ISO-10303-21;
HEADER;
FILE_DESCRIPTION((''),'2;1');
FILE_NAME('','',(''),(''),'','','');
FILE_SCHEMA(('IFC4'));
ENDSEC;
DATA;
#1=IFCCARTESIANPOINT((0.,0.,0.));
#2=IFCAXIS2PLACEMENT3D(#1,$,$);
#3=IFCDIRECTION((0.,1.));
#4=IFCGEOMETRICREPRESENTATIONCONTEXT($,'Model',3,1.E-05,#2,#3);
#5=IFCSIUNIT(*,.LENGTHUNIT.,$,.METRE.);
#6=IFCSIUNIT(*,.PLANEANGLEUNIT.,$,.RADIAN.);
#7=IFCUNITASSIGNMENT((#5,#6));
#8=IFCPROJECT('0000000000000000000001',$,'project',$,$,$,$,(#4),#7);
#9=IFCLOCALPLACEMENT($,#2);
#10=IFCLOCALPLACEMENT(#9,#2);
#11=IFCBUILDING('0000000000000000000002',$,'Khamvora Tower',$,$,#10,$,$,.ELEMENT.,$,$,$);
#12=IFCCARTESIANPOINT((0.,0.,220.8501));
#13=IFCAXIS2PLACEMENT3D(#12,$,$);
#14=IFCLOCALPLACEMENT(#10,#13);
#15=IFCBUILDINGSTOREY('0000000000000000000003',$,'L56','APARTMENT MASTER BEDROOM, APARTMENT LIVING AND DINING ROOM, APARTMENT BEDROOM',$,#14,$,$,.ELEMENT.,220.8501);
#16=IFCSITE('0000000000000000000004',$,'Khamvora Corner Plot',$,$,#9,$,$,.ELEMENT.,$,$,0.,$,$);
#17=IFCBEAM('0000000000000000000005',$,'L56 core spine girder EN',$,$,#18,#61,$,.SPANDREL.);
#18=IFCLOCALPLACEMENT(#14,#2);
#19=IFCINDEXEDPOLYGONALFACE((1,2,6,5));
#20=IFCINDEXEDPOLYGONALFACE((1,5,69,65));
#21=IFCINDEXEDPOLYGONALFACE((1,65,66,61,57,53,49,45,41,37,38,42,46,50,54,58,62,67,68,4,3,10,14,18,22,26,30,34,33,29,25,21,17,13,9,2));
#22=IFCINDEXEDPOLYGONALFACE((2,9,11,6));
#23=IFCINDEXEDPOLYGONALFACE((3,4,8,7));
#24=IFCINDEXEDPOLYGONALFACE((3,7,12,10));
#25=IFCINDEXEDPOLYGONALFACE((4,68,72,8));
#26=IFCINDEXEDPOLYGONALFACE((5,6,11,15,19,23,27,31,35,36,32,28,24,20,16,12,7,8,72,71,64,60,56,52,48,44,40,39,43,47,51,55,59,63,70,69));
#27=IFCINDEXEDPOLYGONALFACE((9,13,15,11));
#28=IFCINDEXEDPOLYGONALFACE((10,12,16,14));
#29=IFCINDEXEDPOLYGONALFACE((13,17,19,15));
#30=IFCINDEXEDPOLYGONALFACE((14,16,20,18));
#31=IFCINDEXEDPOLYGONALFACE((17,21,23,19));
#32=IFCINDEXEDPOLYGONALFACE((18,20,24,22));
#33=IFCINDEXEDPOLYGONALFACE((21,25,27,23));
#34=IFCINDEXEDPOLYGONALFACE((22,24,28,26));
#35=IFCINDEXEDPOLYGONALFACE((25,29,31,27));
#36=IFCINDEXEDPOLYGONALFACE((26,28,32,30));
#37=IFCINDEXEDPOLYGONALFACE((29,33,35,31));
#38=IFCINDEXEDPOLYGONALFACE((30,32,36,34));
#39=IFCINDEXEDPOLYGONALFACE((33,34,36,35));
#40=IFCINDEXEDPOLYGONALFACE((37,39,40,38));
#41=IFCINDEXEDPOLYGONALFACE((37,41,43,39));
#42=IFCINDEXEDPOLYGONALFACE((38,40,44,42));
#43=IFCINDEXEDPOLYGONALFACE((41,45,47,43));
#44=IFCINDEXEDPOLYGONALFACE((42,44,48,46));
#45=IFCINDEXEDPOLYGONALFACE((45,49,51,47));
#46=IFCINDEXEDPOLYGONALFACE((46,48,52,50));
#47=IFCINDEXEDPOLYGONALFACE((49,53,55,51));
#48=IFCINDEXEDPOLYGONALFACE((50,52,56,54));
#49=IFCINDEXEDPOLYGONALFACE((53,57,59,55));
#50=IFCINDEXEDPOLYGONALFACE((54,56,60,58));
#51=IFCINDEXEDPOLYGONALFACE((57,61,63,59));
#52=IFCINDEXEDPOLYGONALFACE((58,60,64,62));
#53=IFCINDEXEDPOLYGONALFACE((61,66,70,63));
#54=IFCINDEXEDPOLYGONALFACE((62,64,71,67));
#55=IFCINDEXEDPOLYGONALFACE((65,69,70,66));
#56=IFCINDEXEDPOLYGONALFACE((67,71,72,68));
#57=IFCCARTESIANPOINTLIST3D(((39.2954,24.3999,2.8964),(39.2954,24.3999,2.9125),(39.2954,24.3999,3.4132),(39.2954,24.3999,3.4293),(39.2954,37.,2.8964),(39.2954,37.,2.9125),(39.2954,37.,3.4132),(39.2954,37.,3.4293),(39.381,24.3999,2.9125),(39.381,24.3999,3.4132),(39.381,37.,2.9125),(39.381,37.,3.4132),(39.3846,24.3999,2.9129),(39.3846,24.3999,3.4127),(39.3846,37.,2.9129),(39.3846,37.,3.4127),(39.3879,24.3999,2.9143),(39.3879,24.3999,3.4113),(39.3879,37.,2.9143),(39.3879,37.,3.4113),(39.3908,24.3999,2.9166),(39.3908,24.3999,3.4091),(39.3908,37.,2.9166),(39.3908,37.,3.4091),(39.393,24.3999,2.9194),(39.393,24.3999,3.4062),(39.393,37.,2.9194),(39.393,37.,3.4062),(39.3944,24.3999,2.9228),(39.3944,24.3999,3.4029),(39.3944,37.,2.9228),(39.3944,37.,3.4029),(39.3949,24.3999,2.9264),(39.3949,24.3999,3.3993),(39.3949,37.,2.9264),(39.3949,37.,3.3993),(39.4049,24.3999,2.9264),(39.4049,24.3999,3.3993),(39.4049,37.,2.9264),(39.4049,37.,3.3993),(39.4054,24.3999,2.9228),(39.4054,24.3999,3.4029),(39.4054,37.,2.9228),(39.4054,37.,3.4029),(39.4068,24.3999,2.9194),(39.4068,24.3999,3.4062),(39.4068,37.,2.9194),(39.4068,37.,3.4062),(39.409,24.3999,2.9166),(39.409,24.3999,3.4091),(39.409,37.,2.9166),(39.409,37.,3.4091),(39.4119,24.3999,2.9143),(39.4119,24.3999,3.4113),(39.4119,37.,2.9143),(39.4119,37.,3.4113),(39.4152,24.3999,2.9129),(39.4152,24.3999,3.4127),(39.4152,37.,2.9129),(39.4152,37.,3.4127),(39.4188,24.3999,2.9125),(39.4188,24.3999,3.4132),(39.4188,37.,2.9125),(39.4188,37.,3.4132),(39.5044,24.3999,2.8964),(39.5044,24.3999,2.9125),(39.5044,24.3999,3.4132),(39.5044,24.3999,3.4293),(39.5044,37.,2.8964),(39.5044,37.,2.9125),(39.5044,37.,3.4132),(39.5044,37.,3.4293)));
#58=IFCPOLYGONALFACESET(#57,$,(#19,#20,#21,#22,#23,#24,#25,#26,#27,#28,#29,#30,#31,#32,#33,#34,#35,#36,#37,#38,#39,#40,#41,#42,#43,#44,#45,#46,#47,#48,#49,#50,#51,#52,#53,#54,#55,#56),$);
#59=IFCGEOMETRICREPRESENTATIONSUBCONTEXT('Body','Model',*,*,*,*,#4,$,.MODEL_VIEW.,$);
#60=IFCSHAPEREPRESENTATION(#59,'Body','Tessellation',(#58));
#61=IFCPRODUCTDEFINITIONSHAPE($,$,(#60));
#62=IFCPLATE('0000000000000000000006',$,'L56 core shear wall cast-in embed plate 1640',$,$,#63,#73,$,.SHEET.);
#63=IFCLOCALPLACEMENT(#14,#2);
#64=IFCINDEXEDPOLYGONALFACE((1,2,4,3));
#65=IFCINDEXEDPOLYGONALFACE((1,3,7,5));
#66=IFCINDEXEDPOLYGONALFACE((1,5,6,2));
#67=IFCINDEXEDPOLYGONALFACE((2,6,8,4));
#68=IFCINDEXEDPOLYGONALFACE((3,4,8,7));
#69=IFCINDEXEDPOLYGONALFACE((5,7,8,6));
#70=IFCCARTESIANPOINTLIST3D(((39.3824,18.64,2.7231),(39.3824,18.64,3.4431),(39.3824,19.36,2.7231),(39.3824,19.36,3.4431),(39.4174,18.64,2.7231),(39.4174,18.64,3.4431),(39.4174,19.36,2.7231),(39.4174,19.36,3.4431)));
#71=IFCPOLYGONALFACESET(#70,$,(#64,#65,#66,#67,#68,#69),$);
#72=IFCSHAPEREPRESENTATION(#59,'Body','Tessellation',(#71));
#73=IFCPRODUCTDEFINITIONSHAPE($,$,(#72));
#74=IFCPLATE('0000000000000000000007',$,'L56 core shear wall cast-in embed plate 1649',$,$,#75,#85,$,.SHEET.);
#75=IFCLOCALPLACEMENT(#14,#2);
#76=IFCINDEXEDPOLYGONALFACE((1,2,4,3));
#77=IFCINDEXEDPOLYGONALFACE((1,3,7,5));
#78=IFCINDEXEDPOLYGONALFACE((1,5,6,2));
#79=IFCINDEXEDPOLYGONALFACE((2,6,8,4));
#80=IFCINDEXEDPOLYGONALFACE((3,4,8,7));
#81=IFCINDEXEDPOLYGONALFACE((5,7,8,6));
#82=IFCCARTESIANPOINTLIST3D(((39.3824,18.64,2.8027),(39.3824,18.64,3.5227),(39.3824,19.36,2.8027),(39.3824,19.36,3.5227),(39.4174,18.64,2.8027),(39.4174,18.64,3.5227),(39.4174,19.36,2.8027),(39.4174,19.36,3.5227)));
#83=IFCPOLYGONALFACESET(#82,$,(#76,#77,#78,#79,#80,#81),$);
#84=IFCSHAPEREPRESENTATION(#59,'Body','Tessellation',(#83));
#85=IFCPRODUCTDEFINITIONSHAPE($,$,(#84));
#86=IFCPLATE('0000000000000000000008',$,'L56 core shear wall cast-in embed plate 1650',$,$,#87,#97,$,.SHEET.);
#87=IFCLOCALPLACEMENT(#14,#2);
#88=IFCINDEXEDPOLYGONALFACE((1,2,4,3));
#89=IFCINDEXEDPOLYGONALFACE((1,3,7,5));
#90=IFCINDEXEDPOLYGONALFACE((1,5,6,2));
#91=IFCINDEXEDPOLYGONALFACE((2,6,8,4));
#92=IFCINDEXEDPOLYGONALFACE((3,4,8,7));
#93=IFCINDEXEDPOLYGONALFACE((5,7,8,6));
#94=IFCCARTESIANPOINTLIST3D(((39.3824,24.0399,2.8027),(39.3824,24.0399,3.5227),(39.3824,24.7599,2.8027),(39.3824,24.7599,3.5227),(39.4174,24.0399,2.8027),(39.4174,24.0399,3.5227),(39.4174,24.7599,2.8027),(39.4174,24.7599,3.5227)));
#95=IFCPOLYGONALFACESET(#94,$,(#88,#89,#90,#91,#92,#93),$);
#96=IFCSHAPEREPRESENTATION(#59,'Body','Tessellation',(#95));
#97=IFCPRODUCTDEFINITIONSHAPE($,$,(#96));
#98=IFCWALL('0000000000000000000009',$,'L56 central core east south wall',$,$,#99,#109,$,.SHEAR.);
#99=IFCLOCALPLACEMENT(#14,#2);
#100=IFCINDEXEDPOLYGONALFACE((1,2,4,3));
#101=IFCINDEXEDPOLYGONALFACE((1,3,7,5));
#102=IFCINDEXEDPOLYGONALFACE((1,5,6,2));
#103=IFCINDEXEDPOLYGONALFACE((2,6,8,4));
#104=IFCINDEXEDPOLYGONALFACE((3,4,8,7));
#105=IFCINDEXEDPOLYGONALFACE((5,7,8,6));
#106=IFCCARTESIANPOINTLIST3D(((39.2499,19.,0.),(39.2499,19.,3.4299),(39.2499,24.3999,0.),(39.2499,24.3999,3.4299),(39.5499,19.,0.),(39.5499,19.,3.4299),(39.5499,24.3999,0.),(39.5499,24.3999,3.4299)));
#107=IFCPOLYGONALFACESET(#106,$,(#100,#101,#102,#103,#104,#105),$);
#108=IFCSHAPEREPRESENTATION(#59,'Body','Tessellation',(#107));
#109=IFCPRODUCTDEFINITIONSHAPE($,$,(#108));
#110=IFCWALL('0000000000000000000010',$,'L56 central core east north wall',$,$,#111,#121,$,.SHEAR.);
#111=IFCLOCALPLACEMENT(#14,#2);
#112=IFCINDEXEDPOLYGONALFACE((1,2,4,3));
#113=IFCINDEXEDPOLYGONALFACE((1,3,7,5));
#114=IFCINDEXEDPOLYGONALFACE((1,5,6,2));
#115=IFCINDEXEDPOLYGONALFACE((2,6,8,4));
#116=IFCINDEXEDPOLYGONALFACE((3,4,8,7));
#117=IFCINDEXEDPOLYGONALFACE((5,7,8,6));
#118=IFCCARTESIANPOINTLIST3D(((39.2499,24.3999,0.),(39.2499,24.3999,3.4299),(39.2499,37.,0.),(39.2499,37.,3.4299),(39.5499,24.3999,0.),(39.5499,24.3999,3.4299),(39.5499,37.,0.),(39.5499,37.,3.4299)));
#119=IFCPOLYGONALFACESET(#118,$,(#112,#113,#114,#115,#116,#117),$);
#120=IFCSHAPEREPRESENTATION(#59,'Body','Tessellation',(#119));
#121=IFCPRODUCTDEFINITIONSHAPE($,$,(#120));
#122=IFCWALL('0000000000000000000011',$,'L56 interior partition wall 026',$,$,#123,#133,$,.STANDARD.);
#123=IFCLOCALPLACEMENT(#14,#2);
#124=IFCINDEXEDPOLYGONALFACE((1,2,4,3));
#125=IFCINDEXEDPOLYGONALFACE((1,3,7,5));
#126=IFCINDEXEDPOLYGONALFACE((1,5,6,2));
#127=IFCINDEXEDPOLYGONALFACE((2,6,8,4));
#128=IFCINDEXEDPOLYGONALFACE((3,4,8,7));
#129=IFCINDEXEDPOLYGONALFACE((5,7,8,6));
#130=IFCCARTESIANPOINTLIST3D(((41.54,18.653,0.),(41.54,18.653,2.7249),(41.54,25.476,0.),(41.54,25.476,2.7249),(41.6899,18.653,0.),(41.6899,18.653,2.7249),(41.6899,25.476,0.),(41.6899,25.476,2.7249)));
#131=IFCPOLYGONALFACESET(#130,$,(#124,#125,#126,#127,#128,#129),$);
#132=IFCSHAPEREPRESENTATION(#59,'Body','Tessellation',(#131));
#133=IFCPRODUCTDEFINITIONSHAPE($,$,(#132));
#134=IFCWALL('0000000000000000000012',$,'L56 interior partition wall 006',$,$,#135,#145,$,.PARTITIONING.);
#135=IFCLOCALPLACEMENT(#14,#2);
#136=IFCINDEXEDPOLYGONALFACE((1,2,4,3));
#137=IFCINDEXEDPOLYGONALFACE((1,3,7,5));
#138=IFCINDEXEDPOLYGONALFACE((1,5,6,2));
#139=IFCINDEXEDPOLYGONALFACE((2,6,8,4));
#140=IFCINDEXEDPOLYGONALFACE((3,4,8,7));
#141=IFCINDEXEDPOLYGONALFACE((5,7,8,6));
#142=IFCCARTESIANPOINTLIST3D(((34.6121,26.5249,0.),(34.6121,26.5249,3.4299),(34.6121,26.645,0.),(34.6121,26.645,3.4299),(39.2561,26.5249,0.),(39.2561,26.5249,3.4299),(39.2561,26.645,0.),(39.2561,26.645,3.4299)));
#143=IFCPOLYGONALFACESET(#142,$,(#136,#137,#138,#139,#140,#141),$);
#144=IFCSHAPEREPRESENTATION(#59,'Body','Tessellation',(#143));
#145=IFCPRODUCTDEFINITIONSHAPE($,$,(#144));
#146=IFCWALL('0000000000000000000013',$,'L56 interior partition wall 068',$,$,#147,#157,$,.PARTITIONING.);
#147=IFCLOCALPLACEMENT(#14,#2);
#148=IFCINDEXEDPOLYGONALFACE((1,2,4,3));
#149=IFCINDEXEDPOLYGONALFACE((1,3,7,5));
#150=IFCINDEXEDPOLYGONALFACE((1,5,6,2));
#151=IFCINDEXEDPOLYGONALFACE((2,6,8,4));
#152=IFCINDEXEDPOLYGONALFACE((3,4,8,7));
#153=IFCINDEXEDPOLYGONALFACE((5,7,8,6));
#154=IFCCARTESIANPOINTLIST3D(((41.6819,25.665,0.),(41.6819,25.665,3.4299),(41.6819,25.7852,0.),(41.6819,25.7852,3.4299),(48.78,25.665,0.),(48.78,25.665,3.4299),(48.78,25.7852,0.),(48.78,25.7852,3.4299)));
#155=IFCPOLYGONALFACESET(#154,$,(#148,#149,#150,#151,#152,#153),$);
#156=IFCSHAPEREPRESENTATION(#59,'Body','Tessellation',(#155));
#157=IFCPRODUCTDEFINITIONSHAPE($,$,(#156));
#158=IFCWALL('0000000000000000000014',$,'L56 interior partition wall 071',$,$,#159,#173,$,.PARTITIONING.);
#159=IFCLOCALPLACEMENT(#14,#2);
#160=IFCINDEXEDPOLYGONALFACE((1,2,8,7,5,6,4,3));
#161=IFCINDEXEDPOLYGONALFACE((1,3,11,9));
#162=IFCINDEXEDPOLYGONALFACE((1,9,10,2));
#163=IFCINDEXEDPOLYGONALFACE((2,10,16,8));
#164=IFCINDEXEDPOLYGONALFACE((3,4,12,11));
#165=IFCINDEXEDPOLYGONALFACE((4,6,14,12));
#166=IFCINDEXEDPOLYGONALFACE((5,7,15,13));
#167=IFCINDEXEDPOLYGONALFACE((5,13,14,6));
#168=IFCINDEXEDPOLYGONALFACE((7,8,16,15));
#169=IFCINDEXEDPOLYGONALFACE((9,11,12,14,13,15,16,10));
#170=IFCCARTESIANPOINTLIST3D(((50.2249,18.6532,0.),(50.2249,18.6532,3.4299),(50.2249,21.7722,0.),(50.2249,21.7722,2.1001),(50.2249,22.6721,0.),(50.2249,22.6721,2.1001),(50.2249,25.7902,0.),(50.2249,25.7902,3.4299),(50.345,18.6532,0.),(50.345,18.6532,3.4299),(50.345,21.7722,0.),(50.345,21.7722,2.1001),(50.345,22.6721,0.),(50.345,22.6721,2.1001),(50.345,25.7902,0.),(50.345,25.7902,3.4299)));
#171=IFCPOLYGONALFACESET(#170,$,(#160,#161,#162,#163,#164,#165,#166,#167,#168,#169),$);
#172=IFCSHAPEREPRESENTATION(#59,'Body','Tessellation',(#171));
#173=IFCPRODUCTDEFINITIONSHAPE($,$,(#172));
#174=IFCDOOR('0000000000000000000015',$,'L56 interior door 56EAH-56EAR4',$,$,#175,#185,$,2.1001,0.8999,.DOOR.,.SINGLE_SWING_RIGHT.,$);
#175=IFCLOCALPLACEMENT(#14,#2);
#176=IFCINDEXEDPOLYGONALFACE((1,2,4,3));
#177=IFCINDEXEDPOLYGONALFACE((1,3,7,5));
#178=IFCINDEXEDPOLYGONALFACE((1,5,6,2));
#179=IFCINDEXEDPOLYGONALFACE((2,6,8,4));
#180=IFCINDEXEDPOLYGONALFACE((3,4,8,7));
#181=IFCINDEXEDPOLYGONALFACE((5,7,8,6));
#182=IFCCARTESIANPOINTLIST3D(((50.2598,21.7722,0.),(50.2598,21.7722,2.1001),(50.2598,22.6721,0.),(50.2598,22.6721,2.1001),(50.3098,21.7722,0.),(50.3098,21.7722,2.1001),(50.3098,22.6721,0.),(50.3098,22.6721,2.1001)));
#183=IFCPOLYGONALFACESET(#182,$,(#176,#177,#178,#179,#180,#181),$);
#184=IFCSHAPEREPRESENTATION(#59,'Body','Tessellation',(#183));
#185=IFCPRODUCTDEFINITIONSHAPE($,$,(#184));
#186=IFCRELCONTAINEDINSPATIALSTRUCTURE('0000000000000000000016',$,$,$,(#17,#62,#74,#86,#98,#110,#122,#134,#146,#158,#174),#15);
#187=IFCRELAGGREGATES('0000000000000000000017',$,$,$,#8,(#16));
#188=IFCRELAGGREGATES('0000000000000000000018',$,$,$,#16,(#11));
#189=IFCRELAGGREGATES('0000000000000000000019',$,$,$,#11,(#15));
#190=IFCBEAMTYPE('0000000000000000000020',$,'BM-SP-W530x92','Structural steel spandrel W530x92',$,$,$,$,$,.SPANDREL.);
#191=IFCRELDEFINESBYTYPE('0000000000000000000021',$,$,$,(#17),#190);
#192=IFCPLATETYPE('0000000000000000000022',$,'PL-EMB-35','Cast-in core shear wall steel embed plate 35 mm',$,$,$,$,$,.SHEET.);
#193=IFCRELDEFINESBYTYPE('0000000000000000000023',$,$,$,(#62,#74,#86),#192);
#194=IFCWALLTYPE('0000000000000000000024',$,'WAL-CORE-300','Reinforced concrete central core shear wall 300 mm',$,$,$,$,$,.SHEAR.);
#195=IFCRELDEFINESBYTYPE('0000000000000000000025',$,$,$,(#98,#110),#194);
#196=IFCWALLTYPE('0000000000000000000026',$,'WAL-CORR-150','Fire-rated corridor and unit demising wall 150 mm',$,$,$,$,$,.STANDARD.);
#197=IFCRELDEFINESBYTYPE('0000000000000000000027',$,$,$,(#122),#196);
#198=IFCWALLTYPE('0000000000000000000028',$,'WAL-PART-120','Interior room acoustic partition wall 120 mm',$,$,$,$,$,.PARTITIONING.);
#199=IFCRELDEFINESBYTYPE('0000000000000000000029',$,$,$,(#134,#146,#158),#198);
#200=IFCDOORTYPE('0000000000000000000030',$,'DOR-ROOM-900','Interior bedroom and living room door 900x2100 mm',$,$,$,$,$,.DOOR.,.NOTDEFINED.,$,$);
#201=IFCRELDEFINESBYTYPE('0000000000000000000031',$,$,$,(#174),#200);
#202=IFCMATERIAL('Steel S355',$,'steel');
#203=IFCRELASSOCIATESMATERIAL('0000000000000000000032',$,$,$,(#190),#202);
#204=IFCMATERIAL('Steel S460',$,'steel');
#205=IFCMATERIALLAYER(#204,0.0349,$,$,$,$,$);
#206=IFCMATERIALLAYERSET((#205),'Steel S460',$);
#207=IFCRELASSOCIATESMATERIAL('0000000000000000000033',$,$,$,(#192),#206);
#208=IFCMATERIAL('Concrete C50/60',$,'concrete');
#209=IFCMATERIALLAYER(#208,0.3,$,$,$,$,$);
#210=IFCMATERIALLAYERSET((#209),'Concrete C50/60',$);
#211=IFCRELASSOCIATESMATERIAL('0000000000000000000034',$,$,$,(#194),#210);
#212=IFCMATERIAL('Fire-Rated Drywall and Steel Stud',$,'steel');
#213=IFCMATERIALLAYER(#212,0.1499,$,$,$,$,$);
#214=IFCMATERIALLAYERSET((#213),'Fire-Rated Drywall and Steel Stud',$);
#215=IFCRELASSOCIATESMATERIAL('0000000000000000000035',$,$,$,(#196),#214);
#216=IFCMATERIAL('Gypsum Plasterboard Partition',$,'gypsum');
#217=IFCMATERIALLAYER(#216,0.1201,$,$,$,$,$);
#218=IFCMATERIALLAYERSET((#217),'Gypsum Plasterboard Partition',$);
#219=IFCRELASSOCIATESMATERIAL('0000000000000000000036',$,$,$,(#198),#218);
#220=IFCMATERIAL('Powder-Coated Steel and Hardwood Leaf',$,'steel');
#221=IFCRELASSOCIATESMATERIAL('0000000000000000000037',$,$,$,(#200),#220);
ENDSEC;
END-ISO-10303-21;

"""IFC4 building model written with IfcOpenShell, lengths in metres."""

from ifc_helpers import new_model, si_unit, direction, frame, frame_2d, origin, origin_2d, place, context, subcontext, project, spatial, rectangle, i_section, extrude, material, layer, layer_set, material_profile, profile_set, type_object, element, fill, save


model = new_model("IFC4")

# Units and contexts
model_context = context("Model", 3, precision=1e-05, world=origin(), true_north=direction((0.0, 1.0)))
body_context = subcontext(model_context, "Body", "Model", "MODEL_VIEW")
ifc_project = project(units=[si_unit("LENGTHUNIT", "METRE"), si_unit("PLANEANGLEUNIT", "RADIAN")], contexts=[model_context])

# Site, building, storey
site_placement = place(None, origin())
site = spatial("IfcSite", under=ifc_project, at=site_placement, Name="Khamvora Corner Plot", CompositionType="ELEMENT", RefElevation=0.0)
building_placement = place(site_placement, origin())
building = spatial("IfcBuilding", under=site, at=building_placement, Name="Khamvora Tower", CompositionType="ELEMENT")
storey_placement = place(building_placement, frame((0.0, 0.0, 220.8501)))
storey = spatial("IfcBuildingStorey", under=building, at=storey_placement, Name="L56", Description="APARTMENT MASTER BEDROOM, APARTMENT LIVING AND DINING ROOM, APARTMENT BEDROOM", CompositionType="ELEMENT", Elevation=220.8501)

# Shared definitions
ifc_material_1 = material(Name="Steel S460", Category="steel")

# Beam
ifc_material_2 = material(Name="Steel S355", Category="steel")
ifc_material_profile_1 = material_profile(ifc_material_2, i_section(OverallWidth=0.209, OverallDepth=0.533, WebThickness=0.01, FlangeThickness=0.0161, FilletRadius=0.0139, at=origin_2d()), Name="W530x92")
ifc_profile_set_1 = profile_set([ifc_material_profile_1], Name="Steel S355")
beam_type_1 = type_object("IfcBeamType", Name="BM-SP-W530x92", Description="Structural steel spandrel W530x92", PredefinedType="SPANDREL", material=ifc_profile_set_1)
beam_1_placement = place(storey_placement, frame((39.3999, 24.3999, 3.1628), z_axis=(0.0, 1.0, 0.0), x_axis=(-1.0, 0.0, 0.0)))
element("IfcBeam", 1, at=beam_1_placement, inside=storey, type_object=beam_type_1, Name="L56 core spine girder EN", PredefinedType="SPANDREL", context=body_context, shape_type="SweptSolid", body=[
    extrude(i_section(OverallWidth=0.209, OverallDepth=0.533, WebThickness=0.01, FlangeThickness=0.0161, FilletRadius=0.0139, at=origin_2d()), origin(), (0.0, 0.0, 1.0), 12.6001),
])

# Plates
ifc_layer_1 = layer(ifc_material_1, 0.0349)
ifc_layer_set_1 = layer_set([ifc_layer_1], Name="Steel S460")
plate_type = type_object("IfcPlateType", Name="PL-EMB-35", Description="Cast-in core shear wall steel embed plate 35 mm", PredefinedType="SHEET", material=ifc_layer_set_1)
for number, where, z_axis, x_axis, name in (
    (2, (39.3999, 19.0, 2.7231), (0.0, 0.0, 1.0), (1.0, 0.0, 0.0), "L56 core shear wall cast-in embed plate 1640"),
    (3, (39.3999, 19.0, 2.8027), (0.0, 0.0, 1.0), (1.0, 0.0, 0.0), "L56 core shear wall cast-in embed plate 1649"),
    (4, (39.3999, 24.3999, 2.8027), (0.0, 0.0, 1.0), (1.0, 0.0, 0.0), "L56 core shear wall cast-in embed plate 1650"),
):
    element("IfcPlate", number, at=place(storey_placement, frame(where, z_axis=z_axis, x_axis=x_axis)), inside=storey, type_object=plate_type, Name=name, PredefinedType="SHEET", context=body_context, shape_type="SweptSolid", body=[
        extrude(rectangle(XDim=0.0349, YDim=0.72, at=origin_2d()), origin(), (0.0, 0.0, 1.0), 0.72),
    ])

# Walls
ifc_material_3 = material(Name="Concrete C50/60", Category="concrete")
ifc_layer_2 = layer(ifc_material_3, 0.3)
ifc_layer_set_2 = layer_set([ifc_layer_2], Name="Concrete C50/60")
wall_type_1 = type_object("IfcWallType", Name="WAL-CORE-300", Description="Reinforced concrete central core shear wall 300 mm", PredefinedType="SHEAR", material=ifc_layer_set_2)
wall_1_placement = place(storey_placement, frame((39.3999, 19.0, 0.0), z_axis=(0.0, 0.0, 1.0), x_axis=(0.0, 1.0, 0.0)))
element("IfcWall", 5, at=wall_1_placement, inside=storey, type_object=wall_type_1, Name="L56 central core east south wall", PredefinedType="SHEAR", context=body_context, shape_type="SweptSolid", body=[
    extrude(rectangle(XDim=5.3999, YDim=0.3, at=frame_2d((2.7, 0.0))), origin(), (0.0, 0.0, 1.0), 3.4299),
])
wall_2_placement = place(storey_placement, frame((39.3999, 24.3999, 0.0), z_axis=(0.0, 0.0, 1.0), x_axis=(0.0, 1.0, 0.0)))
element("IfcWall", 6, at=wall_2_placement, inside=storey, type_object=wall_type_1, Name="L56 central core east north wall", PredefinedType="SHEAR", context=body_context, shape_type="SweptSolid", body=[
    extrude(rectangle(XDim=12.6001, YDim=0.3, at=frame_2d((6.3, 0.0))), origin(), (0.0, 0.0, 1.0), 3.4299),
])

# Shared definitions
ifc_material_4 = material(Name="Powder-Coated Steel and Hardwood Leaf", Category="steel")

# Walls
ifc_material_5 = material(Name="Fire-Rated Drywall and Steel Stud", Category="steel")
ifc_layer_3 = layer(ifc_material_5, 0.1499)
ifc_layer_set_3 = layer_set([ifc_layer_3], Name="Fire-Rated Drywall and Steel Stud")
wall_type_2 = type_object("IfcWallType", Name="WAL-CORR-150", Description="Fire-rated corridor and unit demising wall 150 mm", PredefinedType="STANDARD", material=ifc_layer_set_3)
wall_3_placement = place(storey_placement, frame((41.615, 25.4761, 0.0), z_axis=(0.0, 0.0, 1.0), x_axis=(0.0, -1.0, 0.0)))
element("IfcWall", 7, at=wall_3_placement, inside=storey, type_object=wall_type_2, Name="L56 interior partition wall 026", PredefinedType="STANDARD", context=body_context, shape_type="SweptSolid", body=[
    extrude(rectangle(XDim=6.823, YDim=0.1499, at=frame_2d((3.4116, 0.0))), origin(), (0.0, 0.0, 1.0), 2.7249),
])
ifc_material_6 = material(Name="Gypsum Plasterboard Partition", Category="gypsum")
ifc_layer_4 = layer(ifc_material_6, 0.1201)
ifc_layer_set_4 = layer_set([ifc_layer_4], Name="Gypsum Plasterboard Partition")
wall_type_3 = type_object("IfcWallType", Name="WAL-PART-120", Description="Interior room acoustic partition wall 120 mm", PredefinedType="PARTITIONING", material=ifc_layer_set_4)
wall_4_placement = place(storey_placement, frame((39.2561, 26.585, 0.0), z_axis=(0.0, 0.0, 1.0), x_axis=(-1.0, 0.0, 0.0)))
element("IfcWall", 8, at=wall_4_placement, inside=storey, type_object=wall_type_3, Name="L56 interior partition wall 006", PredefinedType="PARTITIONING", context=body_context, shape_type="SweptSolid", body=[
    extrude(rectangle(XDim=4.644, YDim=0.1201, at=frame_2d((2.322, 0.0))), origin(), (0.0, 0.0, 1.0), 3.4299),
])
wall_5_placement = place(storey_placement, frame((48.78, 25.7251, 0.0), z_axis=(0.0, 0.0, 1.0), x_axis=(-1.0, 0.0, 0.0)))
element("IfcWall", 9, at=wall_5_placement, inside=storey, type_object=wall_type_3, Name="L56 interior partition wall 068", PredefinedType="PARTITIONING", context=body_context, shape_type="SweptSolid", body=[
    extrude(rectangle(XDim=7.0981, YDim=0.1201, at=frame_2d((3.5491, 0.0))), origin(), (0.0, 0.0, 1.0), 3.4299),
])

# Wall, opening, door
wall_6_placement = place(storey_placement, frame((50.2849, 25.79, 0.0), z_axis=(0.0, 0.0, 1.0), x_axis=(0.0, -1.0, 0.0)))
wall_6 = element("IfcWall", 10, at=wall_6_placement, inside=storey, type_object=wall_type_3, Name="L56 interior partition wall 071", PredefinedType="PARTITIONING", context=body_context, shape_type="SweptSolid", body=[
    extrude(rectangle(XDim=7.137, YDim=0.1201, at=frame_2d((3.5684, 0.0))), origin(), (0.0, 0.0, 1.0), 3.4299),
])
opening_1_placement = place(wall_6_placement, frame((3.1179, 0.0, 0.0)))
opening_1 = element("IfcOpeningElement", 11, at=opening_1_placement, cuts=wall_6, PredefinedType="OPENING", context=body_context, shape_type="SweptSolid", body=[
    extrude(rectangle(XDim=0.8999, YDim=2.1001, at=frame_2d((0.45, 1.05))), frame((0.0, 0.0701, 0.0), z_axis=(0.0, -1.0, 0.0), x_axis=(1.0, 0.0, 0.0)), (0.0, 0.0, 1.0), 0.1401),
])
door_type_1 = type_object("IfcDoorType", Name="DOR-ROOM-900", Description="Interior bedroom and living room door 900x2100 mm", OperationType="NOTDEFINED", PredefinedType="DOOR", material=ifc_material_4)
door_1_placement = place(opening_1_placement, origin())
door_1 = element("IfcDoor", 12, at=door_1_placement, inside=storey, type_object=door_type_1, Name="L56 interior door 56EAH-56EAR4", OperationType="SINGLE_SWING_RIGHT", OverallHeight=2.1001, OverallWidth=0.8999, PredefinedType="DOOR", context=body_context, shape_type="SweptSolid", body=[
    extrude(rectangle(XDim=0.8999, YDim=2.1001, at=frame_2d((0.45, 1.05))), frame((0.0, 0.0249, 0.0), z_axis=(0.0, -1.0, 0.0), x_axis=(1.0, 0.0, 0.0)), (0.0, 0.0, 1.0), 0.05),
])
fill(opening_1, door_1)

save(model, "model.ifc")
